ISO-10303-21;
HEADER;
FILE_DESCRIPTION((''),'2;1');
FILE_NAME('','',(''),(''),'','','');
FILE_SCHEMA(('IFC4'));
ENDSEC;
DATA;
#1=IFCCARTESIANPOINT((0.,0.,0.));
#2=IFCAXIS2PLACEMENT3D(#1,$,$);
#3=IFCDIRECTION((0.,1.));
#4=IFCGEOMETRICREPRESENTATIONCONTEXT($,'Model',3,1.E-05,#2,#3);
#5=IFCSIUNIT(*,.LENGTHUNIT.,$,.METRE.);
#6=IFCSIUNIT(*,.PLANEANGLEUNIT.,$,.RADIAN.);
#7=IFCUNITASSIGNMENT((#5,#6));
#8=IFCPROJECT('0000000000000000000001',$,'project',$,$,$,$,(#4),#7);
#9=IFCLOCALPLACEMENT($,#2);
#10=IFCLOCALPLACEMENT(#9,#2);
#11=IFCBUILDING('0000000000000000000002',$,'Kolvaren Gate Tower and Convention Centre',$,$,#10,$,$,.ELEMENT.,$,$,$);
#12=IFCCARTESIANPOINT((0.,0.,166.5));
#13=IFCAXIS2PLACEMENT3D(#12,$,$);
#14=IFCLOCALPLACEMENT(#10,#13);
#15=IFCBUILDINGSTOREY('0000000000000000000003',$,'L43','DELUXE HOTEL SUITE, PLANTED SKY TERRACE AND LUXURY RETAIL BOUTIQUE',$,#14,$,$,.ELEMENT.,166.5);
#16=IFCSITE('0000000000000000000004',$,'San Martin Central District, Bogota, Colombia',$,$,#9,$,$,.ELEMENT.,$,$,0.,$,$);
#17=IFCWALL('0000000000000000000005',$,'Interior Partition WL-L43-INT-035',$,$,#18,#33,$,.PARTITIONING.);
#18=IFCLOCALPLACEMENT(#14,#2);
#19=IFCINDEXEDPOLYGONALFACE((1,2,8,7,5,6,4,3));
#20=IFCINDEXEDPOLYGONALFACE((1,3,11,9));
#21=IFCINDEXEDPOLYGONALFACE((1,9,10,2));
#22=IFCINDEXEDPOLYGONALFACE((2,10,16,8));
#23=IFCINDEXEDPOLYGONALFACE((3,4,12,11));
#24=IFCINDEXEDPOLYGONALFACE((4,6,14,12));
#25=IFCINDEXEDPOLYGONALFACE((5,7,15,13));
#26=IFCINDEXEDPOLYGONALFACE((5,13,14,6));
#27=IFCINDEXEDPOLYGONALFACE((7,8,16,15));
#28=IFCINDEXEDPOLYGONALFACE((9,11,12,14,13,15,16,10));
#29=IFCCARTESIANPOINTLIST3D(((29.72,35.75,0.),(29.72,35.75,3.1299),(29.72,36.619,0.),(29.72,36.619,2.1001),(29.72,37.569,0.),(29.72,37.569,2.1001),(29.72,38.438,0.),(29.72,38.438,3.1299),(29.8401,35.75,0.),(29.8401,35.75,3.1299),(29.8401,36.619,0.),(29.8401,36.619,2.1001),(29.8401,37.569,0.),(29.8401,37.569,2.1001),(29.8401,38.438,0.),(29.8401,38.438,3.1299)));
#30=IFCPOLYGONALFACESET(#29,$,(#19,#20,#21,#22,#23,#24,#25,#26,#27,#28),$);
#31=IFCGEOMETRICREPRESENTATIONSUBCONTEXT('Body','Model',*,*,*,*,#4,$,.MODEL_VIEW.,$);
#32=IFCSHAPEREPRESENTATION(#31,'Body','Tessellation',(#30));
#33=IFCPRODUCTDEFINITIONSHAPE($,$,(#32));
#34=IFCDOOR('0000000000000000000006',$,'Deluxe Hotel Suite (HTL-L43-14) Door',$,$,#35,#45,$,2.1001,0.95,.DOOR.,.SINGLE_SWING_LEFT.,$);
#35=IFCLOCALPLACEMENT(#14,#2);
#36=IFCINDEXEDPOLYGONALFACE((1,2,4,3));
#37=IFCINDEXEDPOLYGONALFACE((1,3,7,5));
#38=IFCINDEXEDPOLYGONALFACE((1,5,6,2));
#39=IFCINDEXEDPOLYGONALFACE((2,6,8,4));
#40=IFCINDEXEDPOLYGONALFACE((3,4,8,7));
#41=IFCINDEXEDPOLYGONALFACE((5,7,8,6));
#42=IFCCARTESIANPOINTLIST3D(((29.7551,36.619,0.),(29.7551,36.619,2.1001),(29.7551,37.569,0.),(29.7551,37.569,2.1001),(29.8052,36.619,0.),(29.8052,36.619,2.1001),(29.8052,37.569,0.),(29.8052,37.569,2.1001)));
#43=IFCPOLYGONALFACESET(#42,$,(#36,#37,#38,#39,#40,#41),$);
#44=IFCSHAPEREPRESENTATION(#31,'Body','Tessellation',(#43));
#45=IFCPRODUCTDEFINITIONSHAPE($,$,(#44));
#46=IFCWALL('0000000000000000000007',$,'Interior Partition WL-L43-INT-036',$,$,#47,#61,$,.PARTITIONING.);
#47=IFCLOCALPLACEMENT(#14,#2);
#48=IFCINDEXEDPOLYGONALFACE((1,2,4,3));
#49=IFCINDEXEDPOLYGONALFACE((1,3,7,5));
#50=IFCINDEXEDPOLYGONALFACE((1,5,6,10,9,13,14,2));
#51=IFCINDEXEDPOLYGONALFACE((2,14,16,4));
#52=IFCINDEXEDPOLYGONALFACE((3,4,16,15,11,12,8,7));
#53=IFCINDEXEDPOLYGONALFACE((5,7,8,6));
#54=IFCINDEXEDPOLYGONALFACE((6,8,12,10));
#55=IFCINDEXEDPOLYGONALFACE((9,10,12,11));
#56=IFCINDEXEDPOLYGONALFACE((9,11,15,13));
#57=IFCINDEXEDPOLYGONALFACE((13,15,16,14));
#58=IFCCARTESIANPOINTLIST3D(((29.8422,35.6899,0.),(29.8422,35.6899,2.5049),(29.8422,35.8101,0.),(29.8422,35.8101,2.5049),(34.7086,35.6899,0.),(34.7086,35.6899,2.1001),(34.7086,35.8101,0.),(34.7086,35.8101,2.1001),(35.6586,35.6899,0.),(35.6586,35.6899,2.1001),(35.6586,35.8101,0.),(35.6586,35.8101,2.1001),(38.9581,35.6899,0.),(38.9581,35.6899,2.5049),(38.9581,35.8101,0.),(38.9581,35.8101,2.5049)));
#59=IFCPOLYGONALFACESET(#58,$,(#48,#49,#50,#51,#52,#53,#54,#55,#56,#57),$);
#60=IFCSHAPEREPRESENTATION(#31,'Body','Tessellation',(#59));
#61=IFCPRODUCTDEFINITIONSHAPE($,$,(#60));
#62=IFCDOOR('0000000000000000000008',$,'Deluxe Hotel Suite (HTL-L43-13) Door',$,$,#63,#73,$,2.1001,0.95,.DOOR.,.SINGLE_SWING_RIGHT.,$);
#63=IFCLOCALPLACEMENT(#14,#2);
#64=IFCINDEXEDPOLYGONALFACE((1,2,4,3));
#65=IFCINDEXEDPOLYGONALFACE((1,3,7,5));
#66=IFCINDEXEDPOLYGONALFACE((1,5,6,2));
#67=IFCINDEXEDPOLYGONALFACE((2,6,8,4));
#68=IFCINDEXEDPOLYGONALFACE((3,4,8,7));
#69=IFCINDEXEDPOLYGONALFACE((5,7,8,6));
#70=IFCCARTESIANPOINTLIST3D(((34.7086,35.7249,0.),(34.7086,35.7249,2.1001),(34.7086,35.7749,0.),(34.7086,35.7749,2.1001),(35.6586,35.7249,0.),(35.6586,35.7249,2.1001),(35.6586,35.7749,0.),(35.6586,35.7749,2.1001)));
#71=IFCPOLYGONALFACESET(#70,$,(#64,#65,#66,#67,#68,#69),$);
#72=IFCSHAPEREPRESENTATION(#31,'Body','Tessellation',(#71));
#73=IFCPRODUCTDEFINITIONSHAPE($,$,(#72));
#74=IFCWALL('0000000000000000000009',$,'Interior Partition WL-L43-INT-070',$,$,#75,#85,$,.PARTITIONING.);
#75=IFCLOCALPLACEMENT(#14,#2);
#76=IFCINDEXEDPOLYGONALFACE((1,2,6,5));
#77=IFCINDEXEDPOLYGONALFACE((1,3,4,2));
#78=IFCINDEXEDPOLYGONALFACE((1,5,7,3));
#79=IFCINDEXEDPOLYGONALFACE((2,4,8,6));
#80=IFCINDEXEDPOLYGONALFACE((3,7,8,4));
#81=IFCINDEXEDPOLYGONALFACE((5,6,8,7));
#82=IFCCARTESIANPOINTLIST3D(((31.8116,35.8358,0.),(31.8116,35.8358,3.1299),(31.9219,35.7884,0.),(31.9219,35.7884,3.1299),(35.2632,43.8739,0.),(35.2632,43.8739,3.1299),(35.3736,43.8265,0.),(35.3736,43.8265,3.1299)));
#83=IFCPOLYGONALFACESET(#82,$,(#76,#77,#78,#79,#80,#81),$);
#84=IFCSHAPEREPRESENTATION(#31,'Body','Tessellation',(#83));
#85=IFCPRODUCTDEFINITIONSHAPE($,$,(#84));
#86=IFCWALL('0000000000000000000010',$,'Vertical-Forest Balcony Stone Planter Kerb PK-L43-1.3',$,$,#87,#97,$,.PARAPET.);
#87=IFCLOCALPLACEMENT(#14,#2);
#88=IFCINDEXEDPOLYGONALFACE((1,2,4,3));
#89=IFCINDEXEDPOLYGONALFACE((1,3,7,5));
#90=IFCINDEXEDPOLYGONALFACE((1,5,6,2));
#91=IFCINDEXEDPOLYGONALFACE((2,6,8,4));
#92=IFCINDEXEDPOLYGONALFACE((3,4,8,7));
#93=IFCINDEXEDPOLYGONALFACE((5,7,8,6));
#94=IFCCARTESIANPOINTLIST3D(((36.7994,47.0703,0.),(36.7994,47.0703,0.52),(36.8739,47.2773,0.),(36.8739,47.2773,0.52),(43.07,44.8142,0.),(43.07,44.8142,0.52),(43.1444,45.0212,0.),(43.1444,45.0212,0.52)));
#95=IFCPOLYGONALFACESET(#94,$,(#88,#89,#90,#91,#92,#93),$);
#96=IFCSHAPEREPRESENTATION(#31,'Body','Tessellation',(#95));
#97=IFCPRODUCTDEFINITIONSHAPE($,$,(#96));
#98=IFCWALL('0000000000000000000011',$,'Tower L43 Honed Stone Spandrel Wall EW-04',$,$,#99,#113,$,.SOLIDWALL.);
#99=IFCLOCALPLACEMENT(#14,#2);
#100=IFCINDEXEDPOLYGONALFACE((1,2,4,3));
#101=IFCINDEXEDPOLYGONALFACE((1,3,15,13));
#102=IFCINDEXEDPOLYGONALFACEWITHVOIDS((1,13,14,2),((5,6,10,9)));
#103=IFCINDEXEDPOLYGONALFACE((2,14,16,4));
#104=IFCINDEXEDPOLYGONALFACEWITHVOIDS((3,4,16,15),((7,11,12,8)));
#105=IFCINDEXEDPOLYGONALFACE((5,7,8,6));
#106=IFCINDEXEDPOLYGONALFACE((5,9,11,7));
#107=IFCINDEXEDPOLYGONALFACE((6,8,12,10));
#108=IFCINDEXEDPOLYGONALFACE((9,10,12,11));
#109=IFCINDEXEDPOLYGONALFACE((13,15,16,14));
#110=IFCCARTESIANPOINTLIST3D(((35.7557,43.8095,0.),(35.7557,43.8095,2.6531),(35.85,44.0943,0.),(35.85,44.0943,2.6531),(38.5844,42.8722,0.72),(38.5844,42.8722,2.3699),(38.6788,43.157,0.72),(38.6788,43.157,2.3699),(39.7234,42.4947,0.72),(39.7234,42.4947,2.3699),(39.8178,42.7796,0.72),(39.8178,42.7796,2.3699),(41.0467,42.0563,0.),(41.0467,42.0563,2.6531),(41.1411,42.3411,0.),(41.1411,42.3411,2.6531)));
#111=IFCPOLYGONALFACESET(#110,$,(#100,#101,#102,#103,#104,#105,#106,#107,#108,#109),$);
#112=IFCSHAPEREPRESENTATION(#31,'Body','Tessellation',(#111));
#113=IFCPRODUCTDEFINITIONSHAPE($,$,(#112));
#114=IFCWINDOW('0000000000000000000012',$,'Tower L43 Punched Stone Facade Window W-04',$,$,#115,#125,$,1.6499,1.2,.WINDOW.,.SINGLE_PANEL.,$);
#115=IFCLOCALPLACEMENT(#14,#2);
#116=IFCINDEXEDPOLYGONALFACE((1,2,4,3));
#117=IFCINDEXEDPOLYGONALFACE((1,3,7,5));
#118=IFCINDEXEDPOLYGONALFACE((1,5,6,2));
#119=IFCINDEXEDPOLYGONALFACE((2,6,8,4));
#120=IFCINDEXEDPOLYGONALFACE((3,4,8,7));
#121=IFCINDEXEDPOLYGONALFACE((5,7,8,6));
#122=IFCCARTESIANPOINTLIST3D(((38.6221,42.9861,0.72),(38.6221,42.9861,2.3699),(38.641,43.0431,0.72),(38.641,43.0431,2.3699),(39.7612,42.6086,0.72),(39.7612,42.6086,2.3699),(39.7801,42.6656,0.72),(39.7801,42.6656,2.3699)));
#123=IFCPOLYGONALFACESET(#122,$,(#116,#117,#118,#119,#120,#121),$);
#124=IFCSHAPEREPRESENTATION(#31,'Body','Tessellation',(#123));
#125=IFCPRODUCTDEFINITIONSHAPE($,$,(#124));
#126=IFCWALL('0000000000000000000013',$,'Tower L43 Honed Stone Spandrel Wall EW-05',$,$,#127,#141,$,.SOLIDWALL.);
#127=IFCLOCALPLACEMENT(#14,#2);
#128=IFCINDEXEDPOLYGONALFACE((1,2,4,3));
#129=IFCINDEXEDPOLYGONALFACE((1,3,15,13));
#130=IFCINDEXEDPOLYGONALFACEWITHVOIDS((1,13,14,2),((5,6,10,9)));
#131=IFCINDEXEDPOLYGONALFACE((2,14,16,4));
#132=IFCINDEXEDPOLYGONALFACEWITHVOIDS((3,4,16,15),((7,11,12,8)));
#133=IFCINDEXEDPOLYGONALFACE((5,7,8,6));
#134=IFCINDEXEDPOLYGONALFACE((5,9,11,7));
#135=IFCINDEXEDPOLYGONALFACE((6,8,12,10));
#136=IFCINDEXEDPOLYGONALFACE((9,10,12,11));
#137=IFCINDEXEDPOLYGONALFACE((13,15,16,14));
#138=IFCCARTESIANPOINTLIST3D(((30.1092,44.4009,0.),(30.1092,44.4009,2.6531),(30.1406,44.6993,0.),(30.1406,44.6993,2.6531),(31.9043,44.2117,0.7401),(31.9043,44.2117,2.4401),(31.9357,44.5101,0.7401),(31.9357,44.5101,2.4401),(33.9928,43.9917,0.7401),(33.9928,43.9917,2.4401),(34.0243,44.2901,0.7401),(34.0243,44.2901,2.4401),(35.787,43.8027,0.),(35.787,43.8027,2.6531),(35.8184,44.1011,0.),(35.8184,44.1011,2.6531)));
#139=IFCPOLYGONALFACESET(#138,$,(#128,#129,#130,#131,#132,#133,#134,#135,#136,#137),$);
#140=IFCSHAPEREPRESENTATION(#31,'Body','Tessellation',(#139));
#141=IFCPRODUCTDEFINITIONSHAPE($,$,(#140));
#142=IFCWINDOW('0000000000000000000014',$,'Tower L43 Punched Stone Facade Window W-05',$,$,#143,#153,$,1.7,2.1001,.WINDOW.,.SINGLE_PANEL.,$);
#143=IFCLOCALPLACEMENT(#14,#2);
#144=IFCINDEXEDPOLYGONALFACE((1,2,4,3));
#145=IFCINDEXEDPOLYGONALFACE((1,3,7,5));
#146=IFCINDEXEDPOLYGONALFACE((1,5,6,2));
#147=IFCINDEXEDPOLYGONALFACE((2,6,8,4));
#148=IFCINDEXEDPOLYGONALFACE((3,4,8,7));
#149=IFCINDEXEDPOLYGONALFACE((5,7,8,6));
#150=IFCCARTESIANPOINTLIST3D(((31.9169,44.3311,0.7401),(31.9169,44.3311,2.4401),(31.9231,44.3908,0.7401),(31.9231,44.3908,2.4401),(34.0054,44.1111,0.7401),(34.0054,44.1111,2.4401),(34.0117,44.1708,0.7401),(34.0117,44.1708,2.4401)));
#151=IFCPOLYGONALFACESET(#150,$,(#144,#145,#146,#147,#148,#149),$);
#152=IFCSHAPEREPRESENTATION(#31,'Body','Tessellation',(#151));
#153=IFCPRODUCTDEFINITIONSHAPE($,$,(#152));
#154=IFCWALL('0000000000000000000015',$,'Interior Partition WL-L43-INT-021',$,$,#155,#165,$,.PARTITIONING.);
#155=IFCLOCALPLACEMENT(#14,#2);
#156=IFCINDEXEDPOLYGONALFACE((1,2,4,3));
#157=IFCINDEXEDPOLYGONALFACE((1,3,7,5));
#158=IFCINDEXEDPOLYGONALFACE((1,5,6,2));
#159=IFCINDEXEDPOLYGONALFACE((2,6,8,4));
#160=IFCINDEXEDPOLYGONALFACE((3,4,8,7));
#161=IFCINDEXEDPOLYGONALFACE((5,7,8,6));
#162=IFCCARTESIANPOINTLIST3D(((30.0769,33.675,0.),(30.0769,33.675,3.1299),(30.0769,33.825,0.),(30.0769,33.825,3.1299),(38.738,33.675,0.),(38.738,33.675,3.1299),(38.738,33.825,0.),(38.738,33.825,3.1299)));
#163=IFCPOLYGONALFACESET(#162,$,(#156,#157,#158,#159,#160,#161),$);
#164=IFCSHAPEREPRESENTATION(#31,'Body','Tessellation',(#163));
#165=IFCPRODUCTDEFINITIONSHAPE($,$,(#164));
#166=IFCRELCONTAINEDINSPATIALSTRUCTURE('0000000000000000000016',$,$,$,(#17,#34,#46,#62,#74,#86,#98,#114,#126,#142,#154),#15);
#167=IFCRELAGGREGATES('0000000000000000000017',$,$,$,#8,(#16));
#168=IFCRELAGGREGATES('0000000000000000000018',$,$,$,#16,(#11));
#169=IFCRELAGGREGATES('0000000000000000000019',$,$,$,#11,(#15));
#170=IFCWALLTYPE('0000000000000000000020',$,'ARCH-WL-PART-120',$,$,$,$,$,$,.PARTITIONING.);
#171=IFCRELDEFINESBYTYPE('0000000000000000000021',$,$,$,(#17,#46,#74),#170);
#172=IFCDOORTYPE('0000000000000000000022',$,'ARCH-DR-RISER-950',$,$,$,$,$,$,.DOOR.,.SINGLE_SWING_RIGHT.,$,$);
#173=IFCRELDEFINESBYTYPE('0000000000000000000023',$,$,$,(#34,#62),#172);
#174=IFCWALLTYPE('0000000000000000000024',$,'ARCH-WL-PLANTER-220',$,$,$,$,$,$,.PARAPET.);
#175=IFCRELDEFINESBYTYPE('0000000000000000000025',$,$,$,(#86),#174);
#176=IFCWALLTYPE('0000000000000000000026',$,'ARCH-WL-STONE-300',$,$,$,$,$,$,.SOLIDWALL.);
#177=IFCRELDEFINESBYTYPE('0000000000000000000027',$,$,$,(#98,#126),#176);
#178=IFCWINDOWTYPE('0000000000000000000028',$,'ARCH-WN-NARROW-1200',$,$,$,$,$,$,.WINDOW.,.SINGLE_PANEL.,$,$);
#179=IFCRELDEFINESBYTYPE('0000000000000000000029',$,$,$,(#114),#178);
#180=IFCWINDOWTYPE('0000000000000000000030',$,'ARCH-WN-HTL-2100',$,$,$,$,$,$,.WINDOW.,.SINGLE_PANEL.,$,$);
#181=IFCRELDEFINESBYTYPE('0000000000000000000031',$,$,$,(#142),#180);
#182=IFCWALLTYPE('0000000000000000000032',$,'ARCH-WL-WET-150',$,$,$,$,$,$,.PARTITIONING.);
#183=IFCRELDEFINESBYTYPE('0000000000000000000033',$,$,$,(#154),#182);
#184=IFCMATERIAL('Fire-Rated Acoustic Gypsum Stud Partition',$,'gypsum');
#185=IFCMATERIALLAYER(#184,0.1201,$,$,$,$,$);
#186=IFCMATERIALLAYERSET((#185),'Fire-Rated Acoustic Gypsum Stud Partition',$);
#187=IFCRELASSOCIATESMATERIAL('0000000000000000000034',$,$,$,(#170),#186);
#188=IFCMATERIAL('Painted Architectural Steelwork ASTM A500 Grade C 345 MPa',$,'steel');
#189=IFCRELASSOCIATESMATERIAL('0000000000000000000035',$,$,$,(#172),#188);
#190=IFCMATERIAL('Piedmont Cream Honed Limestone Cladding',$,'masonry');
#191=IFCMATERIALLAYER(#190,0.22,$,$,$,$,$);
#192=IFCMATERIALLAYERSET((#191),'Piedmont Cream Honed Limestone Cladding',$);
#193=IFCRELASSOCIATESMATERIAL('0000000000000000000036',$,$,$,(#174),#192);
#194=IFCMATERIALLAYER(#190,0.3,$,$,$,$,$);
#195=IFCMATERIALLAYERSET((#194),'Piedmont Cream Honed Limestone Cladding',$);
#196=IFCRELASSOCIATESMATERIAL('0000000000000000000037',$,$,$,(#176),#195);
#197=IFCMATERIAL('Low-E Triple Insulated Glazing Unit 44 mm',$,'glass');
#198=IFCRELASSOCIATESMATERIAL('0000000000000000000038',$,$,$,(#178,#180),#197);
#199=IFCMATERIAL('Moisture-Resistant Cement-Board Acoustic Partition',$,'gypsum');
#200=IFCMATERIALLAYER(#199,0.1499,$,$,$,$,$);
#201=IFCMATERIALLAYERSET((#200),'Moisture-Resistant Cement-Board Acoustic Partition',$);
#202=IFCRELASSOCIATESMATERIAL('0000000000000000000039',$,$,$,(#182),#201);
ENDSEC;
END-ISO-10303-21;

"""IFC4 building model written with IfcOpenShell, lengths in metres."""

from ifc_helpers import new_model, si_unit, direction, frame, frame_2d, origin, place, context, subcontext, project, spatial, rectangle, extrude, material, layer, layer_set, type_object, element, fill, save


model = new_model("IFC4")

# Units and contexts
model_context = context("Model", 3, precision=1e-05, world=origin(), true_north=direction((0.0, 1.0)))
body_context = subcontext(model_context, "Body", "Model", "MODEL_VIEW")
ifc_project = project(units=[si_unit("LENGTHUNIT", "METRE"), si_unit("PLANEANGLEUNIT", "RADIAN")], contexts=[model_context])

# Site, building, storey
site_placement = place(None, origin())
site = spatial("IfcSite", under=ifc_project, at=site_placement, Name="San Martin Central District, Bogota, Colombia", CompositionType="ELEMENT", RefElevation=0.0)
building_placement = place(site_placement, origin())
building = spatial("IfcBuilding", under=site, at=building_placement, Name="Kolvaren Gate Tower and Convention Centre", CompositionType="ELEMENT")
storey_placement = place(building_placement, frame((0.0, 0.0, 166.5)))
storey = spatial("IfcBuildingStorey", under=building, at=storey_placement, Name="L43", Description="DELUXE HOTEL SUITE, PLANTED SKY TERRACE AND LUXURY RETAIL BOUTIQUE", CompositionType="ELEMENT", Elevation=166.5)

# Walls, openings, doors
ifc_material_1 = material(Name="Fire-Rated Acoustic Gypsum Stud Partition", Category="gypsum")
ifc_layer_1 = layer(ifc_material_1, 0.1201)
ifc_layer_set_1 = layer_set([ifc_layer_1], Name="Fire-Rated Acoustic Gypsum Stud Partition")
wall_type_1 = type_object("IfcWallType", Name="ARCH-WL-PART-120", PredefinedType="PARTITIONING", material=ifc_layer_set_1)
wall_1_placement = place(storey_placement, frame((29.78, 35.75, 0.0), z_axis=(0.0, 0.0, 1.0), x_axis=(0.0, 1.0, 0.0)))
wall_1 = element("IfcWall", 1, at=wall_1_placement, inside=storey, type_object=wall_type_1, Name="Interior Partition WL-L43-INT-035", PredefinedType="PARTITIONING", context=body_context, shape_type="SweptSolid", body=[
    extrude(rectangle(XDim=2.688, YDim=0.1201, at=frame_2d((1.344, 0.0))), origin(), (0.0, 0.0, 1.0), 3.1299),
])
opening_1_placement = place(wall_1_placement, frame((0.8689, 0.0, 0.0)))
opening_1 = element("IfcOpeningElement", 2, at=opening_1_placement, cuts=wall_1, PredefinedType="OPENING", context=body_context, shape_type="SweptSolid", body=[
    extrude(rectangle(XDim=0.95, YDim=2.1001, at=frame_2d((0.4751, 1.05))), frame((0.0, 0.0701, 0.0), z_axis=(0.0, -1.0, 0.0), x_axis=(1.0, 0.0, 0.0)), (0.0, 0.0, 1.0), 0.1401),
])
ifc_material_2 = material(Name="Painted Architectural Steelwork ASTM A500 Grade C 345 MPa", Category="steel")
door_type_1 = type_object("IfcDoorType", Name="ARCH-DR-RISER-950", OperationType="SINGLE_SWING_RIGHT", PredefinedType="DOOR", material=ifc_material_2)
door_1_placement = place(opening_1_placement, origin())
door_1 = element("IfcDoor", 3, at=door_1_placement, inside=storey, type_object=door_type_1, Name="Deluxe Hotel Suite (HTL-L43-14) Door", OperationType="SINGLE_SWING_LEFT", OverallHeight=2.1001, OverallWidth=0.95, PredefinedType="DOOR", context=body_context, shape_type="SweptSolid", body=[
    extrude(rectangle(XDim=0.95, YDim=2.1001, at=frame_2d((0.4751, 1.05))), frame((0.0, 0.0249, 0.0), z_axis=(0.0, -1.0, 0.0), x_axis=(1.0, 0.0, 0.0)), (0.0, 0.0, 1.0), 0.05),
])
fill(opening_1, door_1)
wall_2_placement = place(storey_placement, frame((29.842, 35.75, 0.0), z_axis=(0.0, 0.0, 1.0), x_axis=(1.0, 0.0, 0.0)))
wall_2 = element("IfcWall", 4, at=wall_2_placement, inside=storey, type_object=wall_type_1, Name="Interior Partition WL-L43-INT-036", PredefinedType="PARTITIONING", context=body_context, shape_type="SweptSolid", body=[
    extrude(rectangle(XDim=9.116, YDim=0.1201, at=frame_2d((4.5581, 0.0))), origin(), (0.0, 0.0, 1.0), 2.5049),
])
opening_2_placement = place(wall_2_placement, frame((4.8665, 0.0, 0.0)))
opening_2 = element("IfcOpeningElement", 5, at=opening_2_placement, cuts=wall_2, PredefinedType="OPENING", context=body_context, shape_type="SweptSolid", body=[
    extrude(rectangle(XDim=0.95, YDim=2.1001, at=frame_2d((0.4751, 1.05))), frame((0.0, 0.0701, 0.0), z_axis=(0.0, -1.0, 0.0), x_axis=(1.0, 0.0, 0.0)), (0.0, 0.0, 1.0), 0.1401),
])
door_2_placement = place(opening_2_placement, origin())
door_2 = element("IfcDoor", 6, at=door_2_placement, inside=storey, type_object=door_type_1, Name="Deluxe Hotel Suite (HTL-L43-13) Door", OperationType="SINGLE_SWING_RIGHT", OverallHeight=2.1001, OverallWidth=0.95, PredefinedType="DOOR", context=body_context, shape_type="SweptSolid", body=[
    extrude(rectangle(XDim=0.95, YDim=2.1001, at=frame_2d((0.4751, 1.05))), frame((0.0, 0.0249, 0.0), z_axis=(0.0, -1.0, 0.0), x_axis=(1.0, 0.0, 0.0)), (0.0, 0.0, 1.0), 0.05),
])
fill(opening_2, door_2)

# Walls
wall_3_placement = place(storey_placement, frame((31.8667, 35.812, 0.0), z_axis=(0.0, 0.0, 1.0), x_axis=(0.394573, 0.918865, 0.0)))
element("IfcWall", 7, at=wall_3_placement, inside=storey, type_object=wall_type_1, Name="Interior Partition WL-L43-INT-070", PredefinedType="PARTITIONING", context=body_context, shape_type="SweptSolid", body=[
    extrude(rectangle(XDim=8.7478, YDim=0.1201, at=frame_2d((4.374, 0.0))), origin(), (0.0, 0.0, 1.0), 3.1299),
])
ifc_material_3 = material(Name="Piedmont Cream Honed Limestone Cladding", Category="masonry")
ifc_layer_2 = layer(ifc_material_3, 0.22)
ifc_layer_set_2 = layer_set([ifc_layer_2], Name="Piedmont Cream Honed Limestone Cladding")
wall_type_2 = type_object("IfcWallType", Name="ARCH-WL-PLANTER-220", PredefinedType="PARAPET", material=ifc_layer_set_2)
wall_4_placement = place(storey_placement, frame((36.8367, 47.1738, 0.0), z_axis=(0.0, 0.0, 1.0), x_axis=(0.940949, -0.33855, 0.0)))
element("IfcWall", 8, at=wall_4_placement, inside=storey, type_object=wall_type_2, Name="Vertical-Forest Balcony Stone Planter Kerb PK-L43-1.3", PredefinedType="PARAPET", context=body_context, shape_type="SweptSolid", body=[
    extrude(rectangle(XDim=6.6641, YDim=0.22, at=frame_2d((3.332, 0.0))), origin(), (0.0, 0.0, 1.0), 0.52),
])

# Walls, openings, windows
ifc_layer_3 = layer(ifc_material_3, 0.3)
ifc_layer_set_3 = layer_set([ifc_layer_3], Name="Piedmont Cream Honed Limestone Cladding")
wall_type_3 = type_object("IfcWallType", Name="ARCH-WL-STONE-300", PredefinedType="SOLIDWALL", material=ifc_layer_set_3)
wall_5_placement = place(storey_placement, frame((35.8027, 43.9519, 0.0), z_axis=(0.0, 0.0, 1.0), x_axis=(0.949247, -0.314532, 0.0)))
wall_5 = element("IfcWall", 9, at=wall_5_placement, inside=storey, type_object=wall_type_3, Name="Tower L43 Honed Stone Spandrel Wall EW-04", PredefinedType="SOLIDWALL", context=body_context, shape_type="SweptSolid", body=[
    extrude(rectangle(XDim=5.574, YDim=0.3, at=frame_2d((2.7871, 0.0))), origin(), (0.0, 0.0, 1.0), 2.6531),
])
opening_3_placement = place(wall_5_placement, frame((2.98, 0.0, 0.72)))
opening_3 = element("IfcOpeningElement", 10, at=opening_3_placement, cuts=wall_5, PredefinedType="OPENING", context=body_context, shape_type="SweptSolid", body=[
    extrude(rectangle(XDim=1.2, YDim=1.6499, at=frame_2d((0.6001, 0.825))), frame((0.0, 0.1599, 0.0), z_axis=(0.0, -1.0, 0.0), x_axis=(1.0, 0.0, 0.0)), (0.0, 0.0, 1.0), 0.3201),
])
ifc_material_4 = material(Name="Low-E Triple Insulated Glazing Unit 44 mm", Category="glass")
window_type_1 = type_object("IfcWindowType", Name="ARCH-WN-NARROW-1200", PartitioningType="SINGLE_PANEL", PredefinedType="WINDOW", material=ifc_material_4)
window_1_placement = place(opening_3_placement, origin())
window_1 = element("IfcWindow", 11, at=window_1_placement, inside=storey, type_object=window_type_1, Name="Tower L43 Punched Stone Facade Window W-04", OverallHeight=1.6499, OverallWidth=1.2, PartitioningType="SINGLE_PANEL", PredefinedType="WINDOW", context=body_context, shape_type="SweptSolid", body=[
    extrude(rectangle(XDim=1.2, YDim=1.6499, at=frame_2d((0.6001, 0.825))), frame((0.0, 0.03, 0.0), z_axis=(0.0, -1.0, 0.0), x_axis=(1.0, 0.0, 0.0)), (0.0, 0.0, 1.0), 0.0601),
])
fill(opening_3, window_1)
wall_6_placement = place(storey_placement, frame((30.125, 44.55, 0.0), z_axis=(0.0, 0.0, 1.0), x_axis=(0.994497, -0.104769, 0.0)))
wall_6 = element("IfcWall", 12, at=wall_6_placement, inside=storey, type_object=wall_type_3, Name="Tower L43 Honed Stone Spandrel Wall EW-05", PredefinedType="SOLIDWALL", context=body_context, shape_type="SweptSolid", body=[
    extrude(rectangle(XDim=5.7092, YDim=0.3, at=frame_2d((2.8545, 0.0))), origin(), (0.0, 0.0, 1.0), 2.6531),
])
opening_4_placement = place(wall_6_placement, frame((1.8049, 0.0, 0.74)))
opening_4 = element("IfcOpeningElement", 13, at=opening_4_placement, cuts=wall_6, PredefinedType="OPENING", context=body_context, shape_type="SweptSolid", body=[
    extrude(rectangle(XDim=2.1001, YDim=1.7, at=frame_2d((1.05, 0.8501))), frame((0.0, 0.1599, 0.0), z_axis=(0.0, -1.0, 0.0), x_axis=(1.0, 0.0, 0.0)), (0.0, 0.0, 1.0), 0.3201),
])
window_type_2 = type_object("IfcWindowType", Name="ARCH-WN-HTL-2100", PartitioningType="SINGLE_PANEL", PredefinedType="WINDOW", material=ifc_material_4)
window_2_placement = place(opening_4_placement, origin())
window_2 = element("IfcWindow", 14, at=window_2_placement, inside=storey, type_object=window_type_2, Name="Tower L43 Punched Stone Facade Window W-05", OverallHeight=1.7, OverallWidth=2.1001, PartitioningType="SINGLE_PANEL", PredefinedType="WINDOW", context=body_context, shape_type="SweptSolid", body=[
    extrude(rectangle(XDim=2.1001, YDim=1.7, at=frame_2d((1.05, 0.8501))), frame((0.0, 0.03, 0.0), z_axis=(0.0, -1.0, 0.0), x_axis=(1.0, 0.0, 0.0)), (0.0, 0.0, 1.0), 0.0601),
])
fill(opening_4, window_2)

# Wall
ifc_material_5 = material(Name="Moisture-Resistant Cement-Board Acoustic Partition", Category="gypsum")
ifc_layer_4 = layer(ifc_material_5, 0.1499)
ifc_layer_set_4 = layer_set([ifc_layer_4], Name="Moisture-Resistant Cement-Board Acoustic Partition")
wall_type_4 = type_object("IfcWallType", Name="ARCH-WL-WET-150", PredefinedType="PARTITIONING", material=ifc_layer_set_4)
wall_7_placement = place(storey_placement, frame((30.0769, 33.75, 0.0), z_axis=(0.0, 0.0, 1.0), x_axis=(1.0, 0.0, 0.0)))
element("IfcWall", 15, at=wall_7_placement, inside=storey, type_object=wall_type_4, Name="Interior Partition WL-L43-INT-021", PredefinedType="PARTITIONING", context=body_context, shape_type="SweptSolid", body=[
    extrude(rectangle(XDim=8.6611, YDim=0.1499, at=frame_2d((4.3306, 0.0))), origin(), (0.0, 0.0, 1.0), 3.1299),
])

save(model, "model.ifc")
